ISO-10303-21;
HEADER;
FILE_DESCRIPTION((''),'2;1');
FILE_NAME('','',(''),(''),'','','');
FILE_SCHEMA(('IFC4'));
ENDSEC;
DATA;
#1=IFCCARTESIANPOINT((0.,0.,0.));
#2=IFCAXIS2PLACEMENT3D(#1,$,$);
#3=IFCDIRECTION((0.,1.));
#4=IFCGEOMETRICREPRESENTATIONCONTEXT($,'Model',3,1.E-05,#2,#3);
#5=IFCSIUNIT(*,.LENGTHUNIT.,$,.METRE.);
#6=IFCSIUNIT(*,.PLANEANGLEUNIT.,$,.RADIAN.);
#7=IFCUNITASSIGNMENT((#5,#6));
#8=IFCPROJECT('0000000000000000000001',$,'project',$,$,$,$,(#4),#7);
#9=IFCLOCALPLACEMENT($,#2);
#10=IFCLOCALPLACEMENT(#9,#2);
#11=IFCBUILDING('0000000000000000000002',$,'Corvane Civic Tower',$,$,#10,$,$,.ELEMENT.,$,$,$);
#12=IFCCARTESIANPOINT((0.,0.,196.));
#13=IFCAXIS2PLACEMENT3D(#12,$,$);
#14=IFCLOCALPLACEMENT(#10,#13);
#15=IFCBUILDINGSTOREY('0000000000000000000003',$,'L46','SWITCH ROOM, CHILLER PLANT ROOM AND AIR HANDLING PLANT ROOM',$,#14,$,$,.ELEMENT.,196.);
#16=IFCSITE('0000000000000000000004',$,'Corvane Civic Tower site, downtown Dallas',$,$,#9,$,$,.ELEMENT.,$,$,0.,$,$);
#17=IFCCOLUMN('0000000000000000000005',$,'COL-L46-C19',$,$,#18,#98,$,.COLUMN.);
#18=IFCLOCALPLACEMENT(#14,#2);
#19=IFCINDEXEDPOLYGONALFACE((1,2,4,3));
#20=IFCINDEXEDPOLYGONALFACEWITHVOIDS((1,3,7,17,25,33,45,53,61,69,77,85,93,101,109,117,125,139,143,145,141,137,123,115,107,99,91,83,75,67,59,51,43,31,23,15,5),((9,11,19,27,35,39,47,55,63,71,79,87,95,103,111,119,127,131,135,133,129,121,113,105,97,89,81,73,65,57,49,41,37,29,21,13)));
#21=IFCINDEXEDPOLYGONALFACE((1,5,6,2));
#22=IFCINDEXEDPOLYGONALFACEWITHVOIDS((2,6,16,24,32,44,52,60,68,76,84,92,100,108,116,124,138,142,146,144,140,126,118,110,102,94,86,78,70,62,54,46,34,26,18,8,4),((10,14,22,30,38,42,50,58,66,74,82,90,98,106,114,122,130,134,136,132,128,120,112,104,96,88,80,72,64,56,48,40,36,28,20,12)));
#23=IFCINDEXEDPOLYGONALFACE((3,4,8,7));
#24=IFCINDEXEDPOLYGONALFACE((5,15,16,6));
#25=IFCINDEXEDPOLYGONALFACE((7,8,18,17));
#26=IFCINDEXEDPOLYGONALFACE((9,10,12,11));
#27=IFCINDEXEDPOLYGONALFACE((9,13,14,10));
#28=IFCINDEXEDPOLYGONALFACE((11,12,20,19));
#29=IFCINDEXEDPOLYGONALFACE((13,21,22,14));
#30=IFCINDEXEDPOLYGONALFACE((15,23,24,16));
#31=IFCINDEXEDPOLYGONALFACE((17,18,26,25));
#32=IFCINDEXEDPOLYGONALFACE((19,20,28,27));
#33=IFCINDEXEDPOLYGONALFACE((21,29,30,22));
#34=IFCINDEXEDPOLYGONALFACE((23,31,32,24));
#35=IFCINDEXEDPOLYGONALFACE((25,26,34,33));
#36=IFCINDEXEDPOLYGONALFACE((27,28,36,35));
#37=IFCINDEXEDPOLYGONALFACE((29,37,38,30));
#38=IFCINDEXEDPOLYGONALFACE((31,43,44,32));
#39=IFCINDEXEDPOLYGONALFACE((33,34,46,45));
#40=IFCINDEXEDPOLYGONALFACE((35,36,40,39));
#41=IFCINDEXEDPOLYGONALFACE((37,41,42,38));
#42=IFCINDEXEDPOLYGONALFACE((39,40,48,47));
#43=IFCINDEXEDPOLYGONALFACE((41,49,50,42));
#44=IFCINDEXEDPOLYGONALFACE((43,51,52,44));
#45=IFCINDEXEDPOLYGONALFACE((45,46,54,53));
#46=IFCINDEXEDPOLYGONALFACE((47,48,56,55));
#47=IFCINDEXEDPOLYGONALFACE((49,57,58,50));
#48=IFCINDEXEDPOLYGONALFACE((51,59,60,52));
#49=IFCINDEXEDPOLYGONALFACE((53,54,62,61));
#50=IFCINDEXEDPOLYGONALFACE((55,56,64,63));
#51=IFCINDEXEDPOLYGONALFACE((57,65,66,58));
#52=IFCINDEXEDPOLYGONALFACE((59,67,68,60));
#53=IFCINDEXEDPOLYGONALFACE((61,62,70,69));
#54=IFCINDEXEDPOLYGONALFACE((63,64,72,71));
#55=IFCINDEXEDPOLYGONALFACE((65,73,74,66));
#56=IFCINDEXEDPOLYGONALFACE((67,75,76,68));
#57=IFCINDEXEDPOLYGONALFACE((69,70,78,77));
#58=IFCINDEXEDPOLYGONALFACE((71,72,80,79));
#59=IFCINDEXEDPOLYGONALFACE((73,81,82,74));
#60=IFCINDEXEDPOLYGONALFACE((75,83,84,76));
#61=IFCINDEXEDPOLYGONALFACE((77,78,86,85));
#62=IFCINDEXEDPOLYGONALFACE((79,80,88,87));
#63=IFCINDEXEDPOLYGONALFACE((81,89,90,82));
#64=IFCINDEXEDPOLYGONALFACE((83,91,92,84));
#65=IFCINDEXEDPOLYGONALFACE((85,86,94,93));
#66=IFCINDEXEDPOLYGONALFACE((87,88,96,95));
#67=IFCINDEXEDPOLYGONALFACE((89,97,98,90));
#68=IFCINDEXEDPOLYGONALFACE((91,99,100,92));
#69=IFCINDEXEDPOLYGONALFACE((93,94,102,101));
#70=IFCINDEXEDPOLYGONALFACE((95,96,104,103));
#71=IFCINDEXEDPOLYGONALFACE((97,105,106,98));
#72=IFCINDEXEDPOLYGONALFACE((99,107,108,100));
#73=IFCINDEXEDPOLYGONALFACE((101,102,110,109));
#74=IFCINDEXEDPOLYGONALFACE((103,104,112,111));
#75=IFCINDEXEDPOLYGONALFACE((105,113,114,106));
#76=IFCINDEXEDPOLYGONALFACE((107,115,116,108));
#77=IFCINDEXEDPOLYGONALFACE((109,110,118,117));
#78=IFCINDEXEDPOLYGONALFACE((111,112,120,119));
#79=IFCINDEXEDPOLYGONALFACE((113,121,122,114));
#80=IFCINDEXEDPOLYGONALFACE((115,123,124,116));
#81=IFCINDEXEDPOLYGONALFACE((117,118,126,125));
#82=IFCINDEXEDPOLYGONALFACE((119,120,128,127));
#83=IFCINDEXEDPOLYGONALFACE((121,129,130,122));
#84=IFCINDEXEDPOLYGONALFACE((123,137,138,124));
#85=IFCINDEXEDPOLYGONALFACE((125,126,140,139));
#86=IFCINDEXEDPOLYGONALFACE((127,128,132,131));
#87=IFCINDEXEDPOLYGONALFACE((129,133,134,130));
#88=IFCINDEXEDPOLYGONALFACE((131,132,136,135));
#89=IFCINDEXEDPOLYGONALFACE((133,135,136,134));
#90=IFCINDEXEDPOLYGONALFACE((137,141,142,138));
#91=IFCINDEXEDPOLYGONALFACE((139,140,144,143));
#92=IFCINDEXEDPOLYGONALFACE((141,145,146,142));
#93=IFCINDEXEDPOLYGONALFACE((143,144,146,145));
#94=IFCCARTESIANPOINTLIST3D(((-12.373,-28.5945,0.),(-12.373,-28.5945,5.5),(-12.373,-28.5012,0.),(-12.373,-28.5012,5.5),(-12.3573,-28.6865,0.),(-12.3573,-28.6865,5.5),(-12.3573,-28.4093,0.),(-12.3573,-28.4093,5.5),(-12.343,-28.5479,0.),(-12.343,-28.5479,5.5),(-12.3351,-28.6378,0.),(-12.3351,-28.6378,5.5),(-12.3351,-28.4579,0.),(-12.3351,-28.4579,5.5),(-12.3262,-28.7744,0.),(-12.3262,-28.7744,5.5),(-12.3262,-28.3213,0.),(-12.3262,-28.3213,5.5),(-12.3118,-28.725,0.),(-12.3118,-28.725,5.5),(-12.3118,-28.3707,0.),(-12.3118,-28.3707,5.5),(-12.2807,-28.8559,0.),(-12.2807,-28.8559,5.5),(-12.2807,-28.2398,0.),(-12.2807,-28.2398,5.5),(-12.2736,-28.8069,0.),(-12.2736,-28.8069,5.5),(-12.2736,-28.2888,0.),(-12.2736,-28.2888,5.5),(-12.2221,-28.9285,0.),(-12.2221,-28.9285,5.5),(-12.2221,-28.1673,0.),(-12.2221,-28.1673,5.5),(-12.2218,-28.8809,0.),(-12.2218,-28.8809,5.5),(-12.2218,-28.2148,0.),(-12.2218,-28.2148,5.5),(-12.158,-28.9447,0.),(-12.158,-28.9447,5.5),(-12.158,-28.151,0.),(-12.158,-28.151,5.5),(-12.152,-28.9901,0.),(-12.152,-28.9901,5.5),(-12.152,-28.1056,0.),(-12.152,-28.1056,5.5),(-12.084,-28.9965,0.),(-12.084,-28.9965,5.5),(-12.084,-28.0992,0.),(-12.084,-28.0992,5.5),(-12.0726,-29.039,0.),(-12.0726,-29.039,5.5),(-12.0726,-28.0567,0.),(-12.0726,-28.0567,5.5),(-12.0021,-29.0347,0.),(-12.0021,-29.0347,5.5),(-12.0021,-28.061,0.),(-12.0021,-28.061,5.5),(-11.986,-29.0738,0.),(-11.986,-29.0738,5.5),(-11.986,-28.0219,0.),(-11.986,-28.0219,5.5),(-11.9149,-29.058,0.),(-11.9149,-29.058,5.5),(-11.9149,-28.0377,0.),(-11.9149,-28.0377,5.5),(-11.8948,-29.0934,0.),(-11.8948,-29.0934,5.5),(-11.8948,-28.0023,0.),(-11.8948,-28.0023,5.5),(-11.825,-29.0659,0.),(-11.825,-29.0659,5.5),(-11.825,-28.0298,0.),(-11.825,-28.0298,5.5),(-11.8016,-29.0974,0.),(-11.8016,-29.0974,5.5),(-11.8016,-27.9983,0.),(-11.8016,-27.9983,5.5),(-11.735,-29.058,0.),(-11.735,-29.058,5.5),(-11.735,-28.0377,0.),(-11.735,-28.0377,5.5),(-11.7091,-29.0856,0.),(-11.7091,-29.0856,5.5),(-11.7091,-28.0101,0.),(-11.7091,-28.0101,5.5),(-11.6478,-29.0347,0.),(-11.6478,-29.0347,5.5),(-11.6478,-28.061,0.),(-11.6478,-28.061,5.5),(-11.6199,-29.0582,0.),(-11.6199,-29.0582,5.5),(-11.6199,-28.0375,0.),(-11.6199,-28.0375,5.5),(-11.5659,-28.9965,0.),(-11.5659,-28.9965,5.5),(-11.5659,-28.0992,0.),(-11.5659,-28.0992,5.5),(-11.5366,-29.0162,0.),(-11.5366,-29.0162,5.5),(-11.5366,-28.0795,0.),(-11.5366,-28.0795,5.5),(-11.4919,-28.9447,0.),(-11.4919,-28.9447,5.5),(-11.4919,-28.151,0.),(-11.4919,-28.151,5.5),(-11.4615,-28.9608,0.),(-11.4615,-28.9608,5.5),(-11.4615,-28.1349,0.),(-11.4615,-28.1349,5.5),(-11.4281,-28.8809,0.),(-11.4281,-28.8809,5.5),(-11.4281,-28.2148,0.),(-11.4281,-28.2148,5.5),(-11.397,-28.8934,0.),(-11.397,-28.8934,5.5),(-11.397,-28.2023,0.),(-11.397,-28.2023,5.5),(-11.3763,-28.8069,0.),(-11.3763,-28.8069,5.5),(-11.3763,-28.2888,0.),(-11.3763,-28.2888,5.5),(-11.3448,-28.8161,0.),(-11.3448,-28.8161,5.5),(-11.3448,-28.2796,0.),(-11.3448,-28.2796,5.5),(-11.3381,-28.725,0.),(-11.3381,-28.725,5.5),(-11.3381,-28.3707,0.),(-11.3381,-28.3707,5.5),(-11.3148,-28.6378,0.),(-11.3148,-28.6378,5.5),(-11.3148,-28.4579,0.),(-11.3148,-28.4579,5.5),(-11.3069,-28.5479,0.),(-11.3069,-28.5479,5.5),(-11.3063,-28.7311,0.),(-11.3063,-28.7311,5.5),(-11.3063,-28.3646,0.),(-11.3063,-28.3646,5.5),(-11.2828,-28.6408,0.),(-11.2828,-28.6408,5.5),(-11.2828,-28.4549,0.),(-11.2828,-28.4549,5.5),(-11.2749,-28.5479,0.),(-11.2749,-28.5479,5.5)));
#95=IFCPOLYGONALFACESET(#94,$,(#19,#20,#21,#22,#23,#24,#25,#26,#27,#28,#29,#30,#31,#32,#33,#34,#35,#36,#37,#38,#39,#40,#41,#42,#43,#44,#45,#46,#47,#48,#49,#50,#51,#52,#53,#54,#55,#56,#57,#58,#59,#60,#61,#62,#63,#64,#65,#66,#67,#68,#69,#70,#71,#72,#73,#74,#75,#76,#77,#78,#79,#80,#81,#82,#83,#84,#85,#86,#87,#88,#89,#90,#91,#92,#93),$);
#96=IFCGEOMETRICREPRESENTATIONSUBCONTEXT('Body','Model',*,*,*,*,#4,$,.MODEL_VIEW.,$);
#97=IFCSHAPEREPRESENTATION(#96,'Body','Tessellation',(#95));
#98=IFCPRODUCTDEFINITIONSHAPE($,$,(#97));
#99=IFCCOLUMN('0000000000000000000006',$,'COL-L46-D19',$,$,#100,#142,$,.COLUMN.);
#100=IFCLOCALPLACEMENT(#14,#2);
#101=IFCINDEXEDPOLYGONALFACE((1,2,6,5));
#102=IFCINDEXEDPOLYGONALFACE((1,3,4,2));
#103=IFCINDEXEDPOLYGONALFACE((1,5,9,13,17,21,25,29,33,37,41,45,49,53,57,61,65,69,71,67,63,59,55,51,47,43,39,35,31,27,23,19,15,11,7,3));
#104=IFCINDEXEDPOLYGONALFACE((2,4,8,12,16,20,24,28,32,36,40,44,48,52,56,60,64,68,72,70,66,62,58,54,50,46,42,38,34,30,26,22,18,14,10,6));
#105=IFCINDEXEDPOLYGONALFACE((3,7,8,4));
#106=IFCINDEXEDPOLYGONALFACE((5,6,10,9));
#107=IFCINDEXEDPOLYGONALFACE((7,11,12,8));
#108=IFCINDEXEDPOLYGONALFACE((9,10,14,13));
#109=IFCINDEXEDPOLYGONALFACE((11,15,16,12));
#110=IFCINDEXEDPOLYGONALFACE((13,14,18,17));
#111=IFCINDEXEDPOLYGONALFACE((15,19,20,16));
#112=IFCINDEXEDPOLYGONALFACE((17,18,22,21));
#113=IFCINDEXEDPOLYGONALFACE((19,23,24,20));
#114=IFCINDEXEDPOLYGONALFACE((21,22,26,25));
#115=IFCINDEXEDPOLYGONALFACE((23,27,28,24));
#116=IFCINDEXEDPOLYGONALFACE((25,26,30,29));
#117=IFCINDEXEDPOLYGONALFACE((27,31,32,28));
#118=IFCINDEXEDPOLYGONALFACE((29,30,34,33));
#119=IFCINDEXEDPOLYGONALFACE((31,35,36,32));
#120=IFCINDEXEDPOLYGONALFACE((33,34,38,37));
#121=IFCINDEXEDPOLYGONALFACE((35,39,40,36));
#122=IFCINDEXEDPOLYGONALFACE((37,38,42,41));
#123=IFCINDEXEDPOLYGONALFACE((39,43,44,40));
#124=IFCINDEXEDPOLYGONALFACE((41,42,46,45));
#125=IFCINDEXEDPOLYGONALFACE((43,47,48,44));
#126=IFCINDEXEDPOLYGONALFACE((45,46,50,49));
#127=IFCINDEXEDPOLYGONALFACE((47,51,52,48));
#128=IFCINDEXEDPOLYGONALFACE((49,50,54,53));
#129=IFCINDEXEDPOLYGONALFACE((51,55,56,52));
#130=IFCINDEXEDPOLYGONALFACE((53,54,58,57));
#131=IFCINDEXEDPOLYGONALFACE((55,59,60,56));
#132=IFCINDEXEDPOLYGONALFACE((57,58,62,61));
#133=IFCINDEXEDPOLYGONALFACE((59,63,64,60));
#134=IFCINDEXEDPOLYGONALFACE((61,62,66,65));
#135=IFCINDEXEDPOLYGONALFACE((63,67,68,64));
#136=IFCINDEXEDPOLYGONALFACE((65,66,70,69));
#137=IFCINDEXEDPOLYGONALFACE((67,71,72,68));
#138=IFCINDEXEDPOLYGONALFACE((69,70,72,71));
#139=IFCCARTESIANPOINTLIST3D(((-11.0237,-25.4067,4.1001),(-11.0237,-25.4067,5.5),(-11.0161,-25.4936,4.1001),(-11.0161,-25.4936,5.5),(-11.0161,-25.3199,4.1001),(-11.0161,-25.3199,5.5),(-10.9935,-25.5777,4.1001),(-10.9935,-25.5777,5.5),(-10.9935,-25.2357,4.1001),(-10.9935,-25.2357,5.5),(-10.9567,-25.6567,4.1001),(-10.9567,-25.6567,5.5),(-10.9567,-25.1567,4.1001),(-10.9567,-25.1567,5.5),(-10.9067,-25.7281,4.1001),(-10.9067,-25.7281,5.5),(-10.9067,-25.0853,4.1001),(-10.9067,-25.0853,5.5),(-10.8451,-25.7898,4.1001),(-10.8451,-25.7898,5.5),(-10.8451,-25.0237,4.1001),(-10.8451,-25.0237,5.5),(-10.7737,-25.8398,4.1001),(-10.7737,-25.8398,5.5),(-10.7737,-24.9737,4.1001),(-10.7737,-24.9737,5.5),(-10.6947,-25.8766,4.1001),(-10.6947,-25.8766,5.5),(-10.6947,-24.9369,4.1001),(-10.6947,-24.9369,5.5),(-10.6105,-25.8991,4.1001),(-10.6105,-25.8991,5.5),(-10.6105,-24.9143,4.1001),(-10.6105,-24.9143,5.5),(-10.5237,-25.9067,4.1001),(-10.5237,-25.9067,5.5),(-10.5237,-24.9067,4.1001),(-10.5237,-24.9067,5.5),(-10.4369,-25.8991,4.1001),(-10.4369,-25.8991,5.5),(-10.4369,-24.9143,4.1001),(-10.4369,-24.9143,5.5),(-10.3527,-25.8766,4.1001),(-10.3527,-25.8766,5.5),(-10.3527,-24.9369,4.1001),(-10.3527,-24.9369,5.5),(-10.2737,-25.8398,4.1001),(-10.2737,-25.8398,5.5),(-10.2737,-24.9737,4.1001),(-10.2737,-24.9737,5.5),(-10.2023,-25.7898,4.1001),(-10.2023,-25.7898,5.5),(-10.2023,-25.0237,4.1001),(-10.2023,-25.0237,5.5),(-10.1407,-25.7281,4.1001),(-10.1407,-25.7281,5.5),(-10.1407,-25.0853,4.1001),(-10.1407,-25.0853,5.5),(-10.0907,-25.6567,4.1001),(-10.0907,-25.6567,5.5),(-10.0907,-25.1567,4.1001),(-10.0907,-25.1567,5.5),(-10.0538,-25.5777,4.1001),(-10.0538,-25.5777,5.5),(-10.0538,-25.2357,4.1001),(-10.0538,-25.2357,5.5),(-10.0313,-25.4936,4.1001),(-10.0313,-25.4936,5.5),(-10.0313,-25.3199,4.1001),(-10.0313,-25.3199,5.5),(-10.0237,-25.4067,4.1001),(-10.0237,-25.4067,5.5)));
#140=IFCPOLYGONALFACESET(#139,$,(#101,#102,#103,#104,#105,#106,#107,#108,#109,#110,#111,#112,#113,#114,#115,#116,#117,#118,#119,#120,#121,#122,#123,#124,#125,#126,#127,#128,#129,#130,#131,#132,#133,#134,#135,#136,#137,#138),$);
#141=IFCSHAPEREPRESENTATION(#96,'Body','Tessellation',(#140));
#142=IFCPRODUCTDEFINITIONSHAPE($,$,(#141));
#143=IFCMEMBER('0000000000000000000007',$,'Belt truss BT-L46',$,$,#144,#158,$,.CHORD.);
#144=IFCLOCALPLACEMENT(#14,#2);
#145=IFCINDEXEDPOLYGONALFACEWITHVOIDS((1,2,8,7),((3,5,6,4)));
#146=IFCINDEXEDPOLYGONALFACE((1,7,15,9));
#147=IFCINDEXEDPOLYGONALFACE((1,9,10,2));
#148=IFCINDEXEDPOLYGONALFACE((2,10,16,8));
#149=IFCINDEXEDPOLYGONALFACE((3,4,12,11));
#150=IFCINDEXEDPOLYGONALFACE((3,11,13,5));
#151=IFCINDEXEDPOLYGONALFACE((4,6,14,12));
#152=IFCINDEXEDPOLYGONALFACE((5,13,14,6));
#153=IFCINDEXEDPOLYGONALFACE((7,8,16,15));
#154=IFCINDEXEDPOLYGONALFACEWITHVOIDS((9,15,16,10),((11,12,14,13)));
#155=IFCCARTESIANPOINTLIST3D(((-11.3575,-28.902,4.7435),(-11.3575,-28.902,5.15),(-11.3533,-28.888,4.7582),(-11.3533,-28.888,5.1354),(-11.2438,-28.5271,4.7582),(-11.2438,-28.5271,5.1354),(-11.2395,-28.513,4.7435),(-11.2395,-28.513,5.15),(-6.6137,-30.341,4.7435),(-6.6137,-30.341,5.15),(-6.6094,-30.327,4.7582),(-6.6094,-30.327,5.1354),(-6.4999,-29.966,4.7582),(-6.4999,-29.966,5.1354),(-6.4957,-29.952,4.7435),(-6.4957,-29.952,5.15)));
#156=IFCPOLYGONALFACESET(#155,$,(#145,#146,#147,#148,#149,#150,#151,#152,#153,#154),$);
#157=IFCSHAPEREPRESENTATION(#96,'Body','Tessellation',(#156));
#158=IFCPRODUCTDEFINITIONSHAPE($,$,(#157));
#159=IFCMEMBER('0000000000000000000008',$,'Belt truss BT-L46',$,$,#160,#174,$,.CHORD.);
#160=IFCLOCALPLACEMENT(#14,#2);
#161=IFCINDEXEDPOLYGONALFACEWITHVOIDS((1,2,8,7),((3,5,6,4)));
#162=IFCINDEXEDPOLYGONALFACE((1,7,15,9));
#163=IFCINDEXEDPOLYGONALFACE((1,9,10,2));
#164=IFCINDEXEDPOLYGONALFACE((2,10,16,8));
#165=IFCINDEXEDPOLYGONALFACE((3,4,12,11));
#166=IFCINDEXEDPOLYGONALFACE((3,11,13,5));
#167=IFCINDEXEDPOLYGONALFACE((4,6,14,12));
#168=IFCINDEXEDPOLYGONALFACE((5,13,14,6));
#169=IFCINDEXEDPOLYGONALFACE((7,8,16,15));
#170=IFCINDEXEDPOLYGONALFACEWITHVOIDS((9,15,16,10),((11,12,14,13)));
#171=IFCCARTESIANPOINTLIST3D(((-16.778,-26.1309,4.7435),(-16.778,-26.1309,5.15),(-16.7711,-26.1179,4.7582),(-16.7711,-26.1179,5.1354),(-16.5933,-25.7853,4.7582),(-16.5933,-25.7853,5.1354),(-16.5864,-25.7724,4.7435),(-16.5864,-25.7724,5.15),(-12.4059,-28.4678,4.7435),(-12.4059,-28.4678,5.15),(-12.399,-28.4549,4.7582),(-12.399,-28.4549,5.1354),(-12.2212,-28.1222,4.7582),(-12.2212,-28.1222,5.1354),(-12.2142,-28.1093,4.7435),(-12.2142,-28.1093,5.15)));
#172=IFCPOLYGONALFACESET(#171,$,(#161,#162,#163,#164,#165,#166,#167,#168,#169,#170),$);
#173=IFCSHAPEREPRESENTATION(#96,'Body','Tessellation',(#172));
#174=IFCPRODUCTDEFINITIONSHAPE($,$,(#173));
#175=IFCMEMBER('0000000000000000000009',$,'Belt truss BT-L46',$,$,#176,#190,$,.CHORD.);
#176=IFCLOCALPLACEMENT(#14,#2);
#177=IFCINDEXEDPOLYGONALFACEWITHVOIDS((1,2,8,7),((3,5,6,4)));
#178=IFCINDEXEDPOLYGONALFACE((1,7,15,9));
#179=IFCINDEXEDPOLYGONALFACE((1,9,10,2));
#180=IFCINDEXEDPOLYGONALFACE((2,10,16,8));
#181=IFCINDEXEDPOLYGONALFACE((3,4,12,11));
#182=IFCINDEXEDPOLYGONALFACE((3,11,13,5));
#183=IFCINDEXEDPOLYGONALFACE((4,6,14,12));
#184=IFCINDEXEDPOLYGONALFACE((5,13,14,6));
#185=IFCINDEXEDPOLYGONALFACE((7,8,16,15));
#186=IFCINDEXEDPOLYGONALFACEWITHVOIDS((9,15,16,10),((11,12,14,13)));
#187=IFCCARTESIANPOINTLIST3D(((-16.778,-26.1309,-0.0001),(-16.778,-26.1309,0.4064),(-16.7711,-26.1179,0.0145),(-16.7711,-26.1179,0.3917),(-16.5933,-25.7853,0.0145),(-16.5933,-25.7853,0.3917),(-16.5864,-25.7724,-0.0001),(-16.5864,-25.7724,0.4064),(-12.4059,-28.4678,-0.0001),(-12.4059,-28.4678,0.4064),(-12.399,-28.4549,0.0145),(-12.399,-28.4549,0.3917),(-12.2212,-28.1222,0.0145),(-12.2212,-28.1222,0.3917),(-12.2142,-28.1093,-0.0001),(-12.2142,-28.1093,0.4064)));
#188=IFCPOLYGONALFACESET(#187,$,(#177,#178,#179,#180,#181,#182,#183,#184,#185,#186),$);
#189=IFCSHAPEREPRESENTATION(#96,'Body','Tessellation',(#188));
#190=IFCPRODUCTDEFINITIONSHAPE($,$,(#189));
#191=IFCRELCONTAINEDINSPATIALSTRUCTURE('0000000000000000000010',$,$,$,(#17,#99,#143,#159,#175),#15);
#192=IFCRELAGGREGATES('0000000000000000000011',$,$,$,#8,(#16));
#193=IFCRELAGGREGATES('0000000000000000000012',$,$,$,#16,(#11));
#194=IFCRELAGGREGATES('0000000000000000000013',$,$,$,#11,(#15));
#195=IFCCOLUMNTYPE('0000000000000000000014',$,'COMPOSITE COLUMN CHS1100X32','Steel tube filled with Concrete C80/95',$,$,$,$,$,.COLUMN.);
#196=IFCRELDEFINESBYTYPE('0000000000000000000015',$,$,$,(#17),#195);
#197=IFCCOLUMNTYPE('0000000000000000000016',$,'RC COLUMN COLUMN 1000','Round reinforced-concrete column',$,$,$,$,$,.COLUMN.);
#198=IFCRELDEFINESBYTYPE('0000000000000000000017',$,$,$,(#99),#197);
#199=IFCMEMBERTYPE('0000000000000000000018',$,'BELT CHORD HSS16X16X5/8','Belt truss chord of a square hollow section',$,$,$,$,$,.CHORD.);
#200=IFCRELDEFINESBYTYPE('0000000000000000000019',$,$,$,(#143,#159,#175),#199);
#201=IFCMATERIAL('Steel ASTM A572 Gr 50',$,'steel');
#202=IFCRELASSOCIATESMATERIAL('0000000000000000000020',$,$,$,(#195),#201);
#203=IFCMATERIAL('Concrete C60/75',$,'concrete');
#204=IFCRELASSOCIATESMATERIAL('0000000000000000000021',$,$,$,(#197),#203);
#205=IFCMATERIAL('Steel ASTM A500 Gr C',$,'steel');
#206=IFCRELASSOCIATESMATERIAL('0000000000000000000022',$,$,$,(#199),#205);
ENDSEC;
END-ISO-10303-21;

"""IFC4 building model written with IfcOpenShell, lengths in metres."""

from ifc_helpers import new_model, si_unit, direction, frame, origin, origin_2d, place, context, subcontext, project, spatial, hollow_rectangle, circle, hollow_circle, extrude, material, material_profile, profile_set, type_object, element, save


model = new_model("IFC4")

# Units and contexts
model_context = context("Model", 3, precision=1e-05, world=origin(), true_north=direction((0.0, 1.0)))
body_context = subcontext(model_context, "Body", "Model", "MODEL_VIEW")
ifc_project = project(units=[si_unit("LENGTHUNIT", "METRE"), si_unit("PLANEANGLEUNIT", "RADIAN")], contexts=[model_context])

# Site, building, storey
site_placement = place(None, origin())
site = spatial("IfcSite", under=ifc_project, at=site_placement, Name="Corvane Civic Tower site, downtown Dallas", CompositionType="ELEMENT", RefElevation=0.0)
building_placement = place(site_placement, origin())
building = spatial("IfcBuilding", under=site, at=building_placement, Name="Corvane Civic Tower", CompositionType="ELEMENT")
storey_placement = place(building_placement, frame((0.0, 0.0, 196.0)))
storey = spatial("IfcBuildingStorey", under=building, at=storey_placement, Name="L46", Description="SWITCH ROOM, CHILLER PLANT ROOM AND AIR HANDLING PLANT ROOM", CompositionType="ELEMENT", Elevation=196.0)

# Columns
ifc_material_1 = material(Name="Steel ASTM A572 Gr 50", Category="steel")
ifc_material_profile_1 = material_profile(ifc_material_1, hollow_circle(Radius=0.55, WallThickness=0.032, at=origin_2d()), Name="CHS1100X32")
ifc_profile_set_1 = profile_set([ifc_material_profile_1], Name="Steel ASTM A572 Gr 50")
column_type_1 = type_object("IfcColumnType", Name="COMPOSITE COLUMN CHS1100X32", Description="Steel tube filled with Concrete C80/95", PredefinedType="COLUMN", material=ifc_profile_set_1)
column_1_placement = place(storey_placement, frame((-11.825, -28.5479, 0.0), z_axis=(0.0, 0.0, 1.0), x_axis=(1.0, 0.0, 0.0)))
element("IfcColumn", 1, at=column_1_placement, inside=storey, type_object=column_type_1, Name="COL-L46-C19", PredefinedType="COLUMN", context=body_context, shape_type="SweptSolid", body=[
    extrude(hollow_circle(Radius=0.55, WallThickness=0.032, at=origin_2d()), origin(), (0.0, 0.0, 1.0), 5.5),
])
ifc_material_2 = material(Name="Concrete C60/75", Category="concrete")
ifc_material_profile_2 = material_profile(ifc_material_2, circle(Radius=0.5, at=origin_2d()), Name="COLUMN 1000")
ifc_profile_set_2 = profile_set([ifc_material_profile_2], Name="Concrete C60/75")
column_type_2 = type_object("IfcColumnType", Name="RC COLUMN COLUMN 1000", Description="Round reinforced-concrete column", PredefinedType="COLUMN", material=ifc_profile_set_2)
column_2_placement = place(storey_placement, frame((-10.5237, -25.4067, 4.1001), z_axis=(0.0, 0.0, 1.0), x_axis=(1.0, 0.0, 0.0)))
element("IfcColumn", 2, at=column_2_placement, inside=storey, type_object=column_type_2, Name="COL-L46-D19", PredefinedType="COLUMN", context=body_context, shape_type="SweptSolid", body=[
    extrude(circle(Radius=0.5, at=origin_2d()), origin(), (0.0, 0.0, 1.0), 1.3999),
])

# Members
ifc_material_3 = material(Name="Steel ASTM A500 Gr C", Category="steel")
ifc_material_profile_3 = material_profile(ifc_material_3, hollow_rectangle(XDim=0.4065, YDim=0.4065, WallThickness=0.0146, at=origin_2d()), Name="HSS16X16X5/8")
ifc_profile_set_3 = profile_set([ifc_material_profile_3], Name="Steel ASTM A500 Gr C")
member_type_1 = type_object("IfcMemberType", Name="BELT CHORD HSS16X16X5/8", Description="Belt truss chord of a square hollow section", PredefinedType="CHORD", material=ifc_profile_set_3)
member_1_placement = place(storey_placement, frame((-6.5547, -30.1465, 4.9468), z_axis=(-0.956945, 0.29027, 0.0), x_axis=(-0.29027, -0.956945, 0.0)))
element("IfcMember", 3, at=member_1_placement, inside=storey, type_object=member_type_1, Name="Belt truss BT-L46", PredefinedType="CHORD", context=body_context, shape_type="SweptSolid", body=[
    extrude(hollow_rectangle(XDim=0.4065, YDim=0.4065, WallThickness=0.0146, at=origin_2d()), origin(), (0.0, 0.0, 1.0), 4.9573),
])
for number, where, z_axis, x_axis, name in (
    (4, (-12.3101, -28.2886, 4.9468), (-0.881922, 0.471396, 0.0), (-0.471396, -0.881922, 0.0), "Belt truss BT-L46"),
    (5, (-12.3101, -28.2886, 0.2031), (-0.881922, 0.471396, 0.0), (-0.471396, -0.881922, 0.0), "Belt truss BT-L46"),
):
    element("IfcMember", number, at=place(storey_placement, frame(where, z_axis=z_axis, x_axis=x_axis)), inside=storey, type_object=member_type_1, Name=name, PredefinedType="CHORD", context=body_context, shape_type="SweptSolid", body=[
        extrude(hollow_rectangle(XDim=0.4065, YDim=0.4065, WallThickness=0.0146, at=origin_2d()), origin(), (0.0, 0.0, 1.0), 4.9575),
    ])

save(model, "model.ifc")
